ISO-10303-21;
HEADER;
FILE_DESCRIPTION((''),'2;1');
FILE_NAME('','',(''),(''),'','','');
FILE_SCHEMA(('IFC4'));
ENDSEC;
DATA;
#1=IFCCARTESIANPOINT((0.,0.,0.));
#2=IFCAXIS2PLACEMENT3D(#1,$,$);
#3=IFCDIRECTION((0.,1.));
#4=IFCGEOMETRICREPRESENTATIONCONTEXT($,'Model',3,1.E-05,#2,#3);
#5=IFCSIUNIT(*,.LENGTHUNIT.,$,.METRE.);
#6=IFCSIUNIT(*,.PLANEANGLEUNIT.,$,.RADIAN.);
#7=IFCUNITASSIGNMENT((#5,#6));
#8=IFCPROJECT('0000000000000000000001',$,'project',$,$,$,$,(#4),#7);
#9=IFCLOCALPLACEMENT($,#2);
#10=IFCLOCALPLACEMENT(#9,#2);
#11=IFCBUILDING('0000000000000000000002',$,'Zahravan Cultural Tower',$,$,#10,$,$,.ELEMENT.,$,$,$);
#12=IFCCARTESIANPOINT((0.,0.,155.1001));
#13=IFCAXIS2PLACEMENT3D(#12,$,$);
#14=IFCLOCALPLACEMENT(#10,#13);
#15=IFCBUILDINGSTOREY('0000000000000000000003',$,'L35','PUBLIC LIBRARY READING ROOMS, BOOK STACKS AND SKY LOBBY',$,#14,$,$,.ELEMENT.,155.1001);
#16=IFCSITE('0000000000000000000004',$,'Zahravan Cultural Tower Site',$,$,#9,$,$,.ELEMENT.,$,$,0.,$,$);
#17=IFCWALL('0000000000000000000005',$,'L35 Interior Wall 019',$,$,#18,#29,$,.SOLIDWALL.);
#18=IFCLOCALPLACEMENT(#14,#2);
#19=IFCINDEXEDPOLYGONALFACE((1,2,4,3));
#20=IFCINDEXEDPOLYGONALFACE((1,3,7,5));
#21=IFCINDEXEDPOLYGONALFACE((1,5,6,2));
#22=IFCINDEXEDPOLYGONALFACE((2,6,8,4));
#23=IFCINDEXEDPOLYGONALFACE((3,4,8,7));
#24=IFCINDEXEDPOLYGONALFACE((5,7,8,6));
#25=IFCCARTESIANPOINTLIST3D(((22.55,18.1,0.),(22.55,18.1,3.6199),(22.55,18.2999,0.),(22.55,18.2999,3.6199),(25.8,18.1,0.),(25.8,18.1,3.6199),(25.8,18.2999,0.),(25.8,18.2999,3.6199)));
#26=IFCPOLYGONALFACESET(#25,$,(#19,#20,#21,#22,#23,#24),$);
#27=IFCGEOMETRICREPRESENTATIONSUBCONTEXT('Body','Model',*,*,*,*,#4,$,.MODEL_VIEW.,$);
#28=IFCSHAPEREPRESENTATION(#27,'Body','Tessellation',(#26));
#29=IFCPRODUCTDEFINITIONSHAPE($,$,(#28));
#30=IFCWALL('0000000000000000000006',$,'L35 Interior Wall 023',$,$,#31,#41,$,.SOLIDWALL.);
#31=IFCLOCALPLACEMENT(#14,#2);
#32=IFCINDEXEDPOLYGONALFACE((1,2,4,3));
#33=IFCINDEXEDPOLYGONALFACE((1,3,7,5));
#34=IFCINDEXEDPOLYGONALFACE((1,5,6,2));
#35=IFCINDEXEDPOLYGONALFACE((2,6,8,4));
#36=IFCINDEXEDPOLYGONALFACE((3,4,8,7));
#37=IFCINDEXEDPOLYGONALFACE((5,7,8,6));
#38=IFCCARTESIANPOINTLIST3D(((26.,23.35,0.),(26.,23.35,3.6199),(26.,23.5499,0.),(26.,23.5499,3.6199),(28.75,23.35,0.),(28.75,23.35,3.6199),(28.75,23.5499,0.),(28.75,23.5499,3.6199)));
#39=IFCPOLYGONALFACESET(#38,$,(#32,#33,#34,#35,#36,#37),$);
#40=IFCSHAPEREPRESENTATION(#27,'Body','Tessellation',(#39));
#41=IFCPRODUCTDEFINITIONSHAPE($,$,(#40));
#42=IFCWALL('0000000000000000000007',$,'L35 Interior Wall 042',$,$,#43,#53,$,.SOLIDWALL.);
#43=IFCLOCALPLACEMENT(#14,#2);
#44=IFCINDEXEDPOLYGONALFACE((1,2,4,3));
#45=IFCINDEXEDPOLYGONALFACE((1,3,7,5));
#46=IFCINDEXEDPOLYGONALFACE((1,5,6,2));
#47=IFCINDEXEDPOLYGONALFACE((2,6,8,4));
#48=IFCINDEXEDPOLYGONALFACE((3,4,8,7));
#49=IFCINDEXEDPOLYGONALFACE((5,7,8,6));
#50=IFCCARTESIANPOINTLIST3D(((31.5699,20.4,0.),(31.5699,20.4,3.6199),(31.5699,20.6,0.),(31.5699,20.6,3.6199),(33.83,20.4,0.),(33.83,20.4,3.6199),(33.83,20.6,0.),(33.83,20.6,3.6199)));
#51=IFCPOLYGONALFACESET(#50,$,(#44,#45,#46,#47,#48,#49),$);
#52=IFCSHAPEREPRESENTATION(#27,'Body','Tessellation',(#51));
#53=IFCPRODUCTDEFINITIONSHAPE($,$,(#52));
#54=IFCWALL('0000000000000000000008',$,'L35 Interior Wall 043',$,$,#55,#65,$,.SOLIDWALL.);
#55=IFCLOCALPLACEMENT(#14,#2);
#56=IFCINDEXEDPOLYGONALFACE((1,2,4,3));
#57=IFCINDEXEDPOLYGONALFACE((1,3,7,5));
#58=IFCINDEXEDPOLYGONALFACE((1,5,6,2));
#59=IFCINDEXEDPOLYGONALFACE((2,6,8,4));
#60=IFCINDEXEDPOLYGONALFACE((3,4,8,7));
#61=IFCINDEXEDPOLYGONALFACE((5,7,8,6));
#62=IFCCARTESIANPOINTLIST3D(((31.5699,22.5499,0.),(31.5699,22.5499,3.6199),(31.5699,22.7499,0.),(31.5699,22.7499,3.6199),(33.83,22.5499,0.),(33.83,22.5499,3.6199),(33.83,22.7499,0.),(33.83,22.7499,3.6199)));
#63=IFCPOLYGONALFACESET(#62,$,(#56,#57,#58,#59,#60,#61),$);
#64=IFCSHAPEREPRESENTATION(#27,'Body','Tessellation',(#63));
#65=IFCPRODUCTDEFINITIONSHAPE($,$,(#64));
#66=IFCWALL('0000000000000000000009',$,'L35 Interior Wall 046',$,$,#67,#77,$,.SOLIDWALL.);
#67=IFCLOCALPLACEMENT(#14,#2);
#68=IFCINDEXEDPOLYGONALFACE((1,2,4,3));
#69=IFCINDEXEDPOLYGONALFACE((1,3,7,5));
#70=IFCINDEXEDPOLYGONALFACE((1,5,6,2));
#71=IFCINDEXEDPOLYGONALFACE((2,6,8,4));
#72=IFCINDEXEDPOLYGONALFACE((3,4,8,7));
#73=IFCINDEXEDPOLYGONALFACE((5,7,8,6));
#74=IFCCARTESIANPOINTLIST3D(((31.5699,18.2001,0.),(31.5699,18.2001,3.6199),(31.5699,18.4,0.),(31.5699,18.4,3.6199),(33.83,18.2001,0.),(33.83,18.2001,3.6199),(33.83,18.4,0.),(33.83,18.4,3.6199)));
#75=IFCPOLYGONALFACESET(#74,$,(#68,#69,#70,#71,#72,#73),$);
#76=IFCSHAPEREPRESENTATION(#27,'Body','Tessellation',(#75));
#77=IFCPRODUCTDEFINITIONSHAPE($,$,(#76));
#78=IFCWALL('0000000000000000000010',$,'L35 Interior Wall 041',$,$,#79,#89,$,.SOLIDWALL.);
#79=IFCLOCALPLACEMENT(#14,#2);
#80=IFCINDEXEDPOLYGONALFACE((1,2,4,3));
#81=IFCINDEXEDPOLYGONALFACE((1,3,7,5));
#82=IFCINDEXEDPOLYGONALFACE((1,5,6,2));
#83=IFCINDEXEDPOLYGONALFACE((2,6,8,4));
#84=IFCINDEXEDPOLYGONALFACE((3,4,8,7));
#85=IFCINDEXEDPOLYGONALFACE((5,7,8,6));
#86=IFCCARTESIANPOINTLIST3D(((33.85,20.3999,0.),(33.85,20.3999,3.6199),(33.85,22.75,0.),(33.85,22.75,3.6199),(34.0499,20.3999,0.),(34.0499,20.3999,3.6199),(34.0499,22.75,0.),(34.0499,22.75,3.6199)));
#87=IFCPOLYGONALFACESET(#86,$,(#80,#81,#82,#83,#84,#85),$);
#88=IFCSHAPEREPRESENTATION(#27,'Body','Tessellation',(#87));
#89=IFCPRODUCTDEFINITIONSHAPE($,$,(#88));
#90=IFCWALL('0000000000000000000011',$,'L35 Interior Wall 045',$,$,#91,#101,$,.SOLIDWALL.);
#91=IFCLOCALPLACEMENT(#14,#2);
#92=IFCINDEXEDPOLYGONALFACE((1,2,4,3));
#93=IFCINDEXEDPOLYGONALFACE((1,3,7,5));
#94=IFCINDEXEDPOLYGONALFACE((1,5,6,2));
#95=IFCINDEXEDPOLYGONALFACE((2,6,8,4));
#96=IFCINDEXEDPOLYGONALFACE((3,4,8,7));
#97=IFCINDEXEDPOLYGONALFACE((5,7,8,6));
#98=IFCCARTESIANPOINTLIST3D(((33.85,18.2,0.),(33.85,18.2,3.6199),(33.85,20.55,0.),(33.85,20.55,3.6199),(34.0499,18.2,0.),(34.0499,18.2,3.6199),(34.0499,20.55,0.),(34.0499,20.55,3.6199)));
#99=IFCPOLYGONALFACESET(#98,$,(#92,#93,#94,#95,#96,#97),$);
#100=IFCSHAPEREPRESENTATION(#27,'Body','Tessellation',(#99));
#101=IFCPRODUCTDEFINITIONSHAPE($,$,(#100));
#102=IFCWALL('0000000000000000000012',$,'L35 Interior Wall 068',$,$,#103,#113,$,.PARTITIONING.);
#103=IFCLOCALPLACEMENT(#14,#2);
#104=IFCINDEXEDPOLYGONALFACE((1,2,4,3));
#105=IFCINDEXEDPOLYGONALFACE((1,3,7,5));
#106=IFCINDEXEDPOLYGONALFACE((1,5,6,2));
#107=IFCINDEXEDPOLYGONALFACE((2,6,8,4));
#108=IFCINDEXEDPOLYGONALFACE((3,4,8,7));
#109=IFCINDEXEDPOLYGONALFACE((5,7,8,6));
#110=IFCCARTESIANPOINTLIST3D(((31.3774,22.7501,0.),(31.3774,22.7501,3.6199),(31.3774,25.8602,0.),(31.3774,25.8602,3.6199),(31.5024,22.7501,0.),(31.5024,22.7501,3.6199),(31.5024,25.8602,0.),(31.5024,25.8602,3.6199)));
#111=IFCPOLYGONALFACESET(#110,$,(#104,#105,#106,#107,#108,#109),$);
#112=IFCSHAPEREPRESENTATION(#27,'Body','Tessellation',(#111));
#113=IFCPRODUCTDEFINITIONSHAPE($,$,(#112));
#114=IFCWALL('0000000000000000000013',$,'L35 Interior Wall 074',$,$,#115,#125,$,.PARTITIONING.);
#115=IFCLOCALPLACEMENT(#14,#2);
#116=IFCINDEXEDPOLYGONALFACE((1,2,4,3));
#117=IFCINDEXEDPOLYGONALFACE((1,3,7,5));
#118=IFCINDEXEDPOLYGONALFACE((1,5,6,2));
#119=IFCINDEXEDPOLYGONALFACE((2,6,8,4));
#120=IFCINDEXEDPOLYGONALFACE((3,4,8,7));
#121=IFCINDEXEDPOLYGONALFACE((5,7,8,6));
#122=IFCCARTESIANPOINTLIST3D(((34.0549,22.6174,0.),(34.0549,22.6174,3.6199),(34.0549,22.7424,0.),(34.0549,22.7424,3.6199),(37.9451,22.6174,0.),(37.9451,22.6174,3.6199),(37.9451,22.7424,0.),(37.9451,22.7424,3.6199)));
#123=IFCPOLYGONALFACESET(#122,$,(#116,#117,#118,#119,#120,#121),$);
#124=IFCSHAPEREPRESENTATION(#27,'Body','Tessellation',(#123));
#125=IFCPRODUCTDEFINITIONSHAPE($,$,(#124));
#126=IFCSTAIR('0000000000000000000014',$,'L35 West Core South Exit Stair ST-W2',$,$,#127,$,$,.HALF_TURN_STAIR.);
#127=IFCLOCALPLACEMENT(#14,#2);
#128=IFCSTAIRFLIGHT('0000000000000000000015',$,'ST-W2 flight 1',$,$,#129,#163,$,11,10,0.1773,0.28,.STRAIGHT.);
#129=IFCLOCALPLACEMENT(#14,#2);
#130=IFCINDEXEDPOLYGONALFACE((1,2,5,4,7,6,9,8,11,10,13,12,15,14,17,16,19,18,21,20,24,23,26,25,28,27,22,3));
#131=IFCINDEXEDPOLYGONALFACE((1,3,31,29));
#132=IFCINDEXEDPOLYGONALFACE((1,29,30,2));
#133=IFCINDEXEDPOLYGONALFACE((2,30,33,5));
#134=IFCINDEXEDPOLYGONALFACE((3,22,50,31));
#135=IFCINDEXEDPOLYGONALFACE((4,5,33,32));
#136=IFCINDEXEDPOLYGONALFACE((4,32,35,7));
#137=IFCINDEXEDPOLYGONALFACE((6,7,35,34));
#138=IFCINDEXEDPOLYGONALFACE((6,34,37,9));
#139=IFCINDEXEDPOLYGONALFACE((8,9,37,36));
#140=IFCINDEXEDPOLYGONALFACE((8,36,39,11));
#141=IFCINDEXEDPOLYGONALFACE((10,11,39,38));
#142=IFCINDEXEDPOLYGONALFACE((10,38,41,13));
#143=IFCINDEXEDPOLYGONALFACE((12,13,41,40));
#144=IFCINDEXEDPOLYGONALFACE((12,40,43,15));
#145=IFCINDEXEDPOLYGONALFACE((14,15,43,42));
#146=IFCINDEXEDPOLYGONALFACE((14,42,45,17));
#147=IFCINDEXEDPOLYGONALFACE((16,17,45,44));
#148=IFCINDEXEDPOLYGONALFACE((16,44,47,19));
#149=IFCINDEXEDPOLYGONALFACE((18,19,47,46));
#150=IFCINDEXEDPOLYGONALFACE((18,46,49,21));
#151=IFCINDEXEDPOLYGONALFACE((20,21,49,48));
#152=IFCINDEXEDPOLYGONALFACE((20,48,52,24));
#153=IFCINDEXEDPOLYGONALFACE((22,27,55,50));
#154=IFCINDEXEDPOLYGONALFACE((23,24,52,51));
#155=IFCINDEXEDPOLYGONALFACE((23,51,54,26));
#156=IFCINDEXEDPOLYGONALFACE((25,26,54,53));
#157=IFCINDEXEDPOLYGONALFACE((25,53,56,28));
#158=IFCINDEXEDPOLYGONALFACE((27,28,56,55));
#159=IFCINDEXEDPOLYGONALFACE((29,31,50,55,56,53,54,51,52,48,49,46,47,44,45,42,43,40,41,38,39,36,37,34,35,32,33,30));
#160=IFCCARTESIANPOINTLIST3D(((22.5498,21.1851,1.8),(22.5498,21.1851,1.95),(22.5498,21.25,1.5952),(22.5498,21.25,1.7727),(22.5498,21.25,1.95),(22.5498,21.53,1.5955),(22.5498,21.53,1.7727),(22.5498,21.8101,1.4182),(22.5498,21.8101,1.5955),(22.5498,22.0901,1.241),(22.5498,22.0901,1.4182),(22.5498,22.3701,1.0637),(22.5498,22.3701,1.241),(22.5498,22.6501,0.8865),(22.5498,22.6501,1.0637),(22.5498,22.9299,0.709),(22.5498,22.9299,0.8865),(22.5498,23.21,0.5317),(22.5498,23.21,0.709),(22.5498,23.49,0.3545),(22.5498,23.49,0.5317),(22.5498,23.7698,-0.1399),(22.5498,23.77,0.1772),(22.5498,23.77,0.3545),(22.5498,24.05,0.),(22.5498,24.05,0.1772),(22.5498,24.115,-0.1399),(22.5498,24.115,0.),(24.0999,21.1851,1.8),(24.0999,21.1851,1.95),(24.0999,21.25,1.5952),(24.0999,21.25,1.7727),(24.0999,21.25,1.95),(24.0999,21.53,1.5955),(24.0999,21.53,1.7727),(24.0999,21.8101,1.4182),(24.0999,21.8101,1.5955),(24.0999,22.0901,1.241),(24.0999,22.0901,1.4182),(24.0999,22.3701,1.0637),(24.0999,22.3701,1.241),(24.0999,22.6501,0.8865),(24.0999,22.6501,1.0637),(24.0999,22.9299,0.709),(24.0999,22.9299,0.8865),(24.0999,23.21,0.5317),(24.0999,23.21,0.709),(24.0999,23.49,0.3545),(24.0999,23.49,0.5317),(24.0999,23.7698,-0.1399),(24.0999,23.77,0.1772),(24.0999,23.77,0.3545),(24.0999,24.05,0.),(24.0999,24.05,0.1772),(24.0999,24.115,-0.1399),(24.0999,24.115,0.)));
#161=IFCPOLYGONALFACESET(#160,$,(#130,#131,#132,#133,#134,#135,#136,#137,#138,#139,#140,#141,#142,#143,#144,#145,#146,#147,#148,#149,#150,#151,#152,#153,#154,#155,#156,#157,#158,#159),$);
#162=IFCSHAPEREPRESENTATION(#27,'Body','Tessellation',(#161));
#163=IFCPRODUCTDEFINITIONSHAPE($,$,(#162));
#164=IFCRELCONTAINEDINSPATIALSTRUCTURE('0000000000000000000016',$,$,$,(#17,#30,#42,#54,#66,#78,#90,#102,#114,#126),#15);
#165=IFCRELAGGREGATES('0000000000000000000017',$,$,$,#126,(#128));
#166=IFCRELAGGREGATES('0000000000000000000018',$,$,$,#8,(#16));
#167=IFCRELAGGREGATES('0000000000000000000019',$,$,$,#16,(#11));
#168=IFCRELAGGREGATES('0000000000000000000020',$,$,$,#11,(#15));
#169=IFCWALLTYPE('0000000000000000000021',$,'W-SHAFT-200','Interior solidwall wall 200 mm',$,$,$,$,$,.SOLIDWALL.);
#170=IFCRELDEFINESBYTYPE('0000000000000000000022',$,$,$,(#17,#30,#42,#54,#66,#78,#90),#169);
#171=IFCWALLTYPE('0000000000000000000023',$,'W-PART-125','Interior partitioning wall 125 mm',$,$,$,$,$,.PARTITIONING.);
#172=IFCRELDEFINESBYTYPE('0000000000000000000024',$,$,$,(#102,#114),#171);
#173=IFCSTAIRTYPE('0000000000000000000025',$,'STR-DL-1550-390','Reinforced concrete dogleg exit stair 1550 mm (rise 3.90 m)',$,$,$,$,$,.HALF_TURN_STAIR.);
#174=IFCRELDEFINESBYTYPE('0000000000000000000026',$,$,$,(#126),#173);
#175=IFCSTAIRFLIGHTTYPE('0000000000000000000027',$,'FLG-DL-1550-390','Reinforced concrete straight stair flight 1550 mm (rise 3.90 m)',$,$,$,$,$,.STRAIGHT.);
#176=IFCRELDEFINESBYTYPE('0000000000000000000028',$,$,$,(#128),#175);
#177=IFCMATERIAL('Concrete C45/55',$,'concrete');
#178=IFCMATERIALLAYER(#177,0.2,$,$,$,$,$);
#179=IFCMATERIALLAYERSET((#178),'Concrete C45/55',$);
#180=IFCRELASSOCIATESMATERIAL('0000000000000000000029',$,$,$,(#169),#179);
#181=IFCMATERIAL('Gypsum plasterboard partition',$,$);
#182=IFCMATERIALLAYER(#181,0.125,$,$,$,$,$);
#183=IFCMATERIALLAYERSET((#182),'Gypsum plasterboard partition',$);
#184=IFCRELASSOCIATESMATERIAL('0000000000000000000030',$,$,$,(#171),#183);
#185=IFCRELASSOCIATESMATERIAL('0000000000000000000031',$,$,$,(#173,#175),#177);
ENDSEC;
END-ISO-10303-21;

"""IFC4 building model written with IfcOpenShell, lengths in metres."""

from ifc_helpers import new_model, si_unit, direction, frame, frame_2d, origin, place, context, subcontext, project, spatial, polyline, rectangle, outline, extrude, source, transform, mapped, material, layer, layer_set, type_object, element, aggregate, save


model = new_model("IFC4")

# Units and contexts
model_context = context("Model", 3, precision=1e-05, world=origin(), true_north=direction((0.0, 1.0)))
body_context = subcontext(model_context, "Body", "Model", "MODEL_VIEW")
ifc_project = project(units=[si_unit("LENGTHUNIT", "METRE"), si_unit("PLANEANGLEUNIT", "RADIAN")], contexts=[model_context])

# Site, building, storey
site_placement = place(None, origin())
site = spatial("IfcSite", under=ifc_project, at=site_placement, Name="Zahravan Cultural Tower Site", CompositionType="ELEMENT", RefElevation=0.0)
building_placement = place(site_placement, origin())
building = spatial("IfcBuilding", under=site, at=building_placement, Name="Zahravan Cultural Tower", CompositionType="ELEMENT")
storey_placement = place(building_placement, frame((0.0, 0.0, 155.1001)))
storey = spatial("IfcBuildingStorey", under=building, at=storey_placement, Name="L35", Description="PUBLIC LIBRARY READING ROOMS, BOOK STACKS AND SKY LOBBY", CompositionType="ELEMENT", Elevation=155.1001)

# Shared definitions
ifc_material_1 = material(Name="Concrete C45/55", Category="concrete")
ifc_layer_1 = layer(ifc_material_1, 0.2)
ifc_layer_set_1 = layer_set([ifc_layer_1], Name="Concrete C45/55")
wall_type_1 = type_object("IfcWallType", Name="W-SHAFT-200", Description="Interior solidwall wall 200 mm", PredefinedType="SOLIDWALL", material=ifc_layer_set_1)

# Walls
shared_shape_1 = source(origin(), body_context, "Body", "SweptSolid", [
    extrude(rectangle(XDim=3.25, YDim=0.2, at=frame_2d((1.625, 0.0))), origin(), (0.0, 0.0, 1.0), 3.6199),
])
wall_1_placement = place(storey_placement, frame((22.55, 18.2, 0.0), z_axis=(0.0, 0.0, 1.0), x_axis=(1.0, 0.0, 0.0)))
element("IfcWall", 1, at=wall_1_placement, inside=storey, type_object=wall_type_1, Name="L35 Interior Wall 019", PredefinedType="SOLIDWALL", context=body_context, shape_type="MappedRepresentation", body=[
    mapped(shared_shape_1, transform((0.0, 0.0, 0.0), x_axis=(1.0, 0.0, 0.0), y_axis=(0.0, 1.0, 0.0), z_axis=(0.0, 0.0, 1.0), scale=1.0)),
])
shared_shape_2 = source(origin(), body_context, "Body", "SweptSolid", [
    extrude(rectangle(XDim=2.75, YDim=0.2, at=frame_2d((1.375, 0.0))), origin(), (0.0, 0.0, 1.0), 3.6199),
])
wall_2_placement = place(storey_placement, frame((26.0, 23.45, 0.0), z_axis=(0.0, 0.0, 1.0), x_axis=(1.0, 0.0, 0.0)))
element("IfcWall", 2, at=wall_2_placement, inside=storey, type_object=wall_type_1, Name="L35 Interior Wall 023", PredefinedType="SOLIDWALL", context=body_context, shape_type="MappedRepresentation", body=[
    mapped(shared_shape_2, transform((0.0, 0.0, 0.0), x_axis=(1.0, 0.0, 0.0), y_axis=(0.0, 1.0, 0.0), z_axis=(0.0, 0.0, 1.0), scale=1.0)),
])
shared_shape_3 = source(origin(), body_context, "Body", "SweptSolid", [
    extrude(rectangle(XDim=2.26, YDim=0.2, at=frame_2d((1.1299, 0.0))), origin(), (0.0, 0.0, 1.0), 3.6199),
])
for number, where, z_axis, x_axis, name in (
    (3, (31.5701, 20.5, 0.0), (0.0, 0.0, 1.0), (1.0, 0.0, 0.0), "L35 Interior Wall 042"),
    (4, (31.5701, 22.6499, 0.0), (0.0, 0.0, 1.0), (1.0, 0.0, 0.0), "L35 Interior Wall 043"),
    (5, (31.5701, 18.3, 0.0), (0.0, 0.0, 1.0), (1.0, 0.0, 0.0), "L35 Interior Wall 046"),
):
    element("IfcWall", number, at=place(storey_placement, frame(where, z_axis=z_axis, x_axis=x_axis)), inside=storey, type_object=wall_type_1, Name=name, PredefinedType="SOLIDWALL", context=body_context, shape_type="MappedRepresentation", body=[
        mapped(shared_shape_3, transform((0.0, 0.0, 0.0), x_axis=(1.0, 0.0, 0.0), y_axis=(0.0, 1.0, 0.0), z_axis=(0.0, 0.0, 1.0), scale=1.0)),
    ])
shared_shape_4 = source(origin(), body_context, "Body", "SweptSolid", [
    extrude(rectangle(XDim=2.3501, YDim=0.2, at=frame_2d((1.175, 0.0))), origin(), (0.0, 0.0, 1.0), 3.6199),
])
for number, where, z_axis, x_axis, name in (
    (6, (33.95, 20.3999, 0.0), (0.0, 0.0, 1.0), (0.0, 1.0, 0.0), "L35 Interior Wall 041"),
    (7, (33.95, 18.2, 0.0), (0.0, 0.0, 1.0), (0.0, 1.0, 0.0), "L35 Interior Wall 045"),
):
    element("IfcWall", number, at=place(storey_placement, frame(where, z_axis=z_axis, x_axis=x_axis)), inside=storey, type_object=wall_type_1, Name=name, PredefinedType="SOLIDWALL", context=body_context, shape_type="MappedRepresentation", body=[
        mapped(shared_shape_4, transform((0.0, 0.0, 0.0), x_axis=(1.0, 0.0, 0.0), y_axis=(0.0, 1.0, 0.0), z_axis=(0.0, 0.0, 1.0), scale=1.0)),
    ])
ifc_material_2 = material(Name="Gypsum plasterboard partition")
ifc_layer_2 = layer(ifc_material_2, 0.125)
ifc_layer_set_2 = layer_set([ifc_layer_2], Name="Gypsum plasterboard partition")
wall_type_2 = type_object("IfcWallType", Name="W-PART-125", Description="Interior partitioning wall 125 mm", PredefinedType="PARTITIONING", material=ifc_layer_set_2)
shared_shape_5 = source(origin(), body_context, "Body", "SweptSolid", [
    extrude(rectangle(XDim=3.1101, YDim=0.125, at=frame_2d((1.5552, 0.0))), origin(), (0.0, 0.0, 1.0), 3.6199),
])
wall_3_placement = place(storey_placement, frame((31.4399, 22.75, 0.0), z_axis=(0.0, 0.0, 1.0), x_axis=(0.0, 1.0, 0.0)))
element("IfcWall", 8, at=wall_3_placement, inside=storey, type_object=wall_type_2, Name="L35 Interior Wall 068", PredefinedType="PARTITIONING", context=body_context, shape_type="MappedRepresentation", body=[
    mapped(shared_shape_5, transform((0.0, 0.0, 0.0), x_axis=(1.0, 0.0, 0.0), y_axis=(0.0, 1.0, 0.0), z_axis=(0.0, 0.0, 1.0), scale=1.0)),
])
shared_shape_6 = source(origin(), body_context, "Body", "SweptSolid", [
    extrude(rectangle(XDim=3.8901, YDim=0.125, at=frame_2d((1.9451, 0.0))), origin(), (0.0, 0.0, 1.0), 3.6199),
])
wall_4_placement = place(storey_placement, frame((34.0549, 22.6799, 0.0), z_axis=(0.0, 0.0, 1.0), x_axis=(1.0, 0.0, 0.0)))
element("IfcWall", 9, at=wall_4_placement, inside=storey, type_object=wall_type_2, Name="L35 Interior Wall 074", PredefinedType="PARTITIONING", context=body_context, shape_type="MappedRepresentation", body=[
    mapped(shared_shape_6, transform((0.0, 0.0, 0.0), x_axis=(1.0, 0.0, 0.0), y_axis=(0.0, 1.0, 0.0), z_axis=(0.0, 0.0, 1.0), scale=1.0)),
])

# Stair, stair flight
stair_type = type_object("IfcStairType", Name="STR-DL-1550-390", Description="Reinforced concrete dogleg exit stair 1550 mm (rise 3.90 m)", PredefinedType="HALF_TURN_STAIR", material=ifc_material_1)
stair_placement = place(storey_placement, origin())
stair = element("IfcStair", 10, at=stair_placement, inside=storey, type_object=stair_type, Name="L35 West Core South Exit Stair ST-W2", PredefinedType="HALF_TURN_STAIR")
stair_flight_type = type_object("IfcStairFlightType", Name="FLG-DL-1550-390", Description="Reinforced concrete straight stair flight 1550 mm (rise 3.90 m)", PredefinedType="STRAIGHT", material=ifc_material_1)
stair_flight_1_placement = place(storey_placement, frame((23.325, 24.05, 0.0), z_axis=(0.0, 0.0, 1.0), x_axis=(0.0, -1.0, 0.0)))
stair_flight_1 = element("IfcStairFlight", 11, at=stair_flight_1_placement, type_object=stair_flight_type, Name="ST-W2 flight 1", NumberOfRisers=11, NumberOfTreads=10, PredefinedType="STRAIGHT", RiserHeight=0.1773, TreadLength=0.28, context=body_context, shape_type="SweptSolid", body=[
    extrude(outline(polyline([(-0.0649, -0.1399), (-0.0649, 0.0), (0.0, 0.0), (0.0, 0.1772), (0.28, 0.1772), (0.28, 0.3545), (0.5601, 0.3545), (0.5601, 0.5317), (0.8401, 0.5317), (0.8401, 0.709), (1.1201, 0.709), (1.1201, 0.8865), (1.3999, 0.8865), (1.3999, 1.0637), (1.6799, 1.0637), (1.6799, 1.241), (1.96, 1.241), (1.96, 1.4182), (2.24, 1.4182), (2.24, 1.5955), (2.52, 1.5955), (2.52, 1.7727), (2.8, 1.7727), (2.8, 1.95), (2.865, 1.95), (2.865, 1.8), (2.8, 1.5952), (0.2803, -0.1399), (-0.0649, -0.1399)])), frame((0.0, 0.7749, 0.0), z_axis=(0.0, -1.0, 0.0), x_axis=(1.0, 0.0, 0.0)), (0.0, 0.0, 1.0), 1.55),
])
aggregate(stair, [stair_flight_1])

save(model, "model.ifc")
